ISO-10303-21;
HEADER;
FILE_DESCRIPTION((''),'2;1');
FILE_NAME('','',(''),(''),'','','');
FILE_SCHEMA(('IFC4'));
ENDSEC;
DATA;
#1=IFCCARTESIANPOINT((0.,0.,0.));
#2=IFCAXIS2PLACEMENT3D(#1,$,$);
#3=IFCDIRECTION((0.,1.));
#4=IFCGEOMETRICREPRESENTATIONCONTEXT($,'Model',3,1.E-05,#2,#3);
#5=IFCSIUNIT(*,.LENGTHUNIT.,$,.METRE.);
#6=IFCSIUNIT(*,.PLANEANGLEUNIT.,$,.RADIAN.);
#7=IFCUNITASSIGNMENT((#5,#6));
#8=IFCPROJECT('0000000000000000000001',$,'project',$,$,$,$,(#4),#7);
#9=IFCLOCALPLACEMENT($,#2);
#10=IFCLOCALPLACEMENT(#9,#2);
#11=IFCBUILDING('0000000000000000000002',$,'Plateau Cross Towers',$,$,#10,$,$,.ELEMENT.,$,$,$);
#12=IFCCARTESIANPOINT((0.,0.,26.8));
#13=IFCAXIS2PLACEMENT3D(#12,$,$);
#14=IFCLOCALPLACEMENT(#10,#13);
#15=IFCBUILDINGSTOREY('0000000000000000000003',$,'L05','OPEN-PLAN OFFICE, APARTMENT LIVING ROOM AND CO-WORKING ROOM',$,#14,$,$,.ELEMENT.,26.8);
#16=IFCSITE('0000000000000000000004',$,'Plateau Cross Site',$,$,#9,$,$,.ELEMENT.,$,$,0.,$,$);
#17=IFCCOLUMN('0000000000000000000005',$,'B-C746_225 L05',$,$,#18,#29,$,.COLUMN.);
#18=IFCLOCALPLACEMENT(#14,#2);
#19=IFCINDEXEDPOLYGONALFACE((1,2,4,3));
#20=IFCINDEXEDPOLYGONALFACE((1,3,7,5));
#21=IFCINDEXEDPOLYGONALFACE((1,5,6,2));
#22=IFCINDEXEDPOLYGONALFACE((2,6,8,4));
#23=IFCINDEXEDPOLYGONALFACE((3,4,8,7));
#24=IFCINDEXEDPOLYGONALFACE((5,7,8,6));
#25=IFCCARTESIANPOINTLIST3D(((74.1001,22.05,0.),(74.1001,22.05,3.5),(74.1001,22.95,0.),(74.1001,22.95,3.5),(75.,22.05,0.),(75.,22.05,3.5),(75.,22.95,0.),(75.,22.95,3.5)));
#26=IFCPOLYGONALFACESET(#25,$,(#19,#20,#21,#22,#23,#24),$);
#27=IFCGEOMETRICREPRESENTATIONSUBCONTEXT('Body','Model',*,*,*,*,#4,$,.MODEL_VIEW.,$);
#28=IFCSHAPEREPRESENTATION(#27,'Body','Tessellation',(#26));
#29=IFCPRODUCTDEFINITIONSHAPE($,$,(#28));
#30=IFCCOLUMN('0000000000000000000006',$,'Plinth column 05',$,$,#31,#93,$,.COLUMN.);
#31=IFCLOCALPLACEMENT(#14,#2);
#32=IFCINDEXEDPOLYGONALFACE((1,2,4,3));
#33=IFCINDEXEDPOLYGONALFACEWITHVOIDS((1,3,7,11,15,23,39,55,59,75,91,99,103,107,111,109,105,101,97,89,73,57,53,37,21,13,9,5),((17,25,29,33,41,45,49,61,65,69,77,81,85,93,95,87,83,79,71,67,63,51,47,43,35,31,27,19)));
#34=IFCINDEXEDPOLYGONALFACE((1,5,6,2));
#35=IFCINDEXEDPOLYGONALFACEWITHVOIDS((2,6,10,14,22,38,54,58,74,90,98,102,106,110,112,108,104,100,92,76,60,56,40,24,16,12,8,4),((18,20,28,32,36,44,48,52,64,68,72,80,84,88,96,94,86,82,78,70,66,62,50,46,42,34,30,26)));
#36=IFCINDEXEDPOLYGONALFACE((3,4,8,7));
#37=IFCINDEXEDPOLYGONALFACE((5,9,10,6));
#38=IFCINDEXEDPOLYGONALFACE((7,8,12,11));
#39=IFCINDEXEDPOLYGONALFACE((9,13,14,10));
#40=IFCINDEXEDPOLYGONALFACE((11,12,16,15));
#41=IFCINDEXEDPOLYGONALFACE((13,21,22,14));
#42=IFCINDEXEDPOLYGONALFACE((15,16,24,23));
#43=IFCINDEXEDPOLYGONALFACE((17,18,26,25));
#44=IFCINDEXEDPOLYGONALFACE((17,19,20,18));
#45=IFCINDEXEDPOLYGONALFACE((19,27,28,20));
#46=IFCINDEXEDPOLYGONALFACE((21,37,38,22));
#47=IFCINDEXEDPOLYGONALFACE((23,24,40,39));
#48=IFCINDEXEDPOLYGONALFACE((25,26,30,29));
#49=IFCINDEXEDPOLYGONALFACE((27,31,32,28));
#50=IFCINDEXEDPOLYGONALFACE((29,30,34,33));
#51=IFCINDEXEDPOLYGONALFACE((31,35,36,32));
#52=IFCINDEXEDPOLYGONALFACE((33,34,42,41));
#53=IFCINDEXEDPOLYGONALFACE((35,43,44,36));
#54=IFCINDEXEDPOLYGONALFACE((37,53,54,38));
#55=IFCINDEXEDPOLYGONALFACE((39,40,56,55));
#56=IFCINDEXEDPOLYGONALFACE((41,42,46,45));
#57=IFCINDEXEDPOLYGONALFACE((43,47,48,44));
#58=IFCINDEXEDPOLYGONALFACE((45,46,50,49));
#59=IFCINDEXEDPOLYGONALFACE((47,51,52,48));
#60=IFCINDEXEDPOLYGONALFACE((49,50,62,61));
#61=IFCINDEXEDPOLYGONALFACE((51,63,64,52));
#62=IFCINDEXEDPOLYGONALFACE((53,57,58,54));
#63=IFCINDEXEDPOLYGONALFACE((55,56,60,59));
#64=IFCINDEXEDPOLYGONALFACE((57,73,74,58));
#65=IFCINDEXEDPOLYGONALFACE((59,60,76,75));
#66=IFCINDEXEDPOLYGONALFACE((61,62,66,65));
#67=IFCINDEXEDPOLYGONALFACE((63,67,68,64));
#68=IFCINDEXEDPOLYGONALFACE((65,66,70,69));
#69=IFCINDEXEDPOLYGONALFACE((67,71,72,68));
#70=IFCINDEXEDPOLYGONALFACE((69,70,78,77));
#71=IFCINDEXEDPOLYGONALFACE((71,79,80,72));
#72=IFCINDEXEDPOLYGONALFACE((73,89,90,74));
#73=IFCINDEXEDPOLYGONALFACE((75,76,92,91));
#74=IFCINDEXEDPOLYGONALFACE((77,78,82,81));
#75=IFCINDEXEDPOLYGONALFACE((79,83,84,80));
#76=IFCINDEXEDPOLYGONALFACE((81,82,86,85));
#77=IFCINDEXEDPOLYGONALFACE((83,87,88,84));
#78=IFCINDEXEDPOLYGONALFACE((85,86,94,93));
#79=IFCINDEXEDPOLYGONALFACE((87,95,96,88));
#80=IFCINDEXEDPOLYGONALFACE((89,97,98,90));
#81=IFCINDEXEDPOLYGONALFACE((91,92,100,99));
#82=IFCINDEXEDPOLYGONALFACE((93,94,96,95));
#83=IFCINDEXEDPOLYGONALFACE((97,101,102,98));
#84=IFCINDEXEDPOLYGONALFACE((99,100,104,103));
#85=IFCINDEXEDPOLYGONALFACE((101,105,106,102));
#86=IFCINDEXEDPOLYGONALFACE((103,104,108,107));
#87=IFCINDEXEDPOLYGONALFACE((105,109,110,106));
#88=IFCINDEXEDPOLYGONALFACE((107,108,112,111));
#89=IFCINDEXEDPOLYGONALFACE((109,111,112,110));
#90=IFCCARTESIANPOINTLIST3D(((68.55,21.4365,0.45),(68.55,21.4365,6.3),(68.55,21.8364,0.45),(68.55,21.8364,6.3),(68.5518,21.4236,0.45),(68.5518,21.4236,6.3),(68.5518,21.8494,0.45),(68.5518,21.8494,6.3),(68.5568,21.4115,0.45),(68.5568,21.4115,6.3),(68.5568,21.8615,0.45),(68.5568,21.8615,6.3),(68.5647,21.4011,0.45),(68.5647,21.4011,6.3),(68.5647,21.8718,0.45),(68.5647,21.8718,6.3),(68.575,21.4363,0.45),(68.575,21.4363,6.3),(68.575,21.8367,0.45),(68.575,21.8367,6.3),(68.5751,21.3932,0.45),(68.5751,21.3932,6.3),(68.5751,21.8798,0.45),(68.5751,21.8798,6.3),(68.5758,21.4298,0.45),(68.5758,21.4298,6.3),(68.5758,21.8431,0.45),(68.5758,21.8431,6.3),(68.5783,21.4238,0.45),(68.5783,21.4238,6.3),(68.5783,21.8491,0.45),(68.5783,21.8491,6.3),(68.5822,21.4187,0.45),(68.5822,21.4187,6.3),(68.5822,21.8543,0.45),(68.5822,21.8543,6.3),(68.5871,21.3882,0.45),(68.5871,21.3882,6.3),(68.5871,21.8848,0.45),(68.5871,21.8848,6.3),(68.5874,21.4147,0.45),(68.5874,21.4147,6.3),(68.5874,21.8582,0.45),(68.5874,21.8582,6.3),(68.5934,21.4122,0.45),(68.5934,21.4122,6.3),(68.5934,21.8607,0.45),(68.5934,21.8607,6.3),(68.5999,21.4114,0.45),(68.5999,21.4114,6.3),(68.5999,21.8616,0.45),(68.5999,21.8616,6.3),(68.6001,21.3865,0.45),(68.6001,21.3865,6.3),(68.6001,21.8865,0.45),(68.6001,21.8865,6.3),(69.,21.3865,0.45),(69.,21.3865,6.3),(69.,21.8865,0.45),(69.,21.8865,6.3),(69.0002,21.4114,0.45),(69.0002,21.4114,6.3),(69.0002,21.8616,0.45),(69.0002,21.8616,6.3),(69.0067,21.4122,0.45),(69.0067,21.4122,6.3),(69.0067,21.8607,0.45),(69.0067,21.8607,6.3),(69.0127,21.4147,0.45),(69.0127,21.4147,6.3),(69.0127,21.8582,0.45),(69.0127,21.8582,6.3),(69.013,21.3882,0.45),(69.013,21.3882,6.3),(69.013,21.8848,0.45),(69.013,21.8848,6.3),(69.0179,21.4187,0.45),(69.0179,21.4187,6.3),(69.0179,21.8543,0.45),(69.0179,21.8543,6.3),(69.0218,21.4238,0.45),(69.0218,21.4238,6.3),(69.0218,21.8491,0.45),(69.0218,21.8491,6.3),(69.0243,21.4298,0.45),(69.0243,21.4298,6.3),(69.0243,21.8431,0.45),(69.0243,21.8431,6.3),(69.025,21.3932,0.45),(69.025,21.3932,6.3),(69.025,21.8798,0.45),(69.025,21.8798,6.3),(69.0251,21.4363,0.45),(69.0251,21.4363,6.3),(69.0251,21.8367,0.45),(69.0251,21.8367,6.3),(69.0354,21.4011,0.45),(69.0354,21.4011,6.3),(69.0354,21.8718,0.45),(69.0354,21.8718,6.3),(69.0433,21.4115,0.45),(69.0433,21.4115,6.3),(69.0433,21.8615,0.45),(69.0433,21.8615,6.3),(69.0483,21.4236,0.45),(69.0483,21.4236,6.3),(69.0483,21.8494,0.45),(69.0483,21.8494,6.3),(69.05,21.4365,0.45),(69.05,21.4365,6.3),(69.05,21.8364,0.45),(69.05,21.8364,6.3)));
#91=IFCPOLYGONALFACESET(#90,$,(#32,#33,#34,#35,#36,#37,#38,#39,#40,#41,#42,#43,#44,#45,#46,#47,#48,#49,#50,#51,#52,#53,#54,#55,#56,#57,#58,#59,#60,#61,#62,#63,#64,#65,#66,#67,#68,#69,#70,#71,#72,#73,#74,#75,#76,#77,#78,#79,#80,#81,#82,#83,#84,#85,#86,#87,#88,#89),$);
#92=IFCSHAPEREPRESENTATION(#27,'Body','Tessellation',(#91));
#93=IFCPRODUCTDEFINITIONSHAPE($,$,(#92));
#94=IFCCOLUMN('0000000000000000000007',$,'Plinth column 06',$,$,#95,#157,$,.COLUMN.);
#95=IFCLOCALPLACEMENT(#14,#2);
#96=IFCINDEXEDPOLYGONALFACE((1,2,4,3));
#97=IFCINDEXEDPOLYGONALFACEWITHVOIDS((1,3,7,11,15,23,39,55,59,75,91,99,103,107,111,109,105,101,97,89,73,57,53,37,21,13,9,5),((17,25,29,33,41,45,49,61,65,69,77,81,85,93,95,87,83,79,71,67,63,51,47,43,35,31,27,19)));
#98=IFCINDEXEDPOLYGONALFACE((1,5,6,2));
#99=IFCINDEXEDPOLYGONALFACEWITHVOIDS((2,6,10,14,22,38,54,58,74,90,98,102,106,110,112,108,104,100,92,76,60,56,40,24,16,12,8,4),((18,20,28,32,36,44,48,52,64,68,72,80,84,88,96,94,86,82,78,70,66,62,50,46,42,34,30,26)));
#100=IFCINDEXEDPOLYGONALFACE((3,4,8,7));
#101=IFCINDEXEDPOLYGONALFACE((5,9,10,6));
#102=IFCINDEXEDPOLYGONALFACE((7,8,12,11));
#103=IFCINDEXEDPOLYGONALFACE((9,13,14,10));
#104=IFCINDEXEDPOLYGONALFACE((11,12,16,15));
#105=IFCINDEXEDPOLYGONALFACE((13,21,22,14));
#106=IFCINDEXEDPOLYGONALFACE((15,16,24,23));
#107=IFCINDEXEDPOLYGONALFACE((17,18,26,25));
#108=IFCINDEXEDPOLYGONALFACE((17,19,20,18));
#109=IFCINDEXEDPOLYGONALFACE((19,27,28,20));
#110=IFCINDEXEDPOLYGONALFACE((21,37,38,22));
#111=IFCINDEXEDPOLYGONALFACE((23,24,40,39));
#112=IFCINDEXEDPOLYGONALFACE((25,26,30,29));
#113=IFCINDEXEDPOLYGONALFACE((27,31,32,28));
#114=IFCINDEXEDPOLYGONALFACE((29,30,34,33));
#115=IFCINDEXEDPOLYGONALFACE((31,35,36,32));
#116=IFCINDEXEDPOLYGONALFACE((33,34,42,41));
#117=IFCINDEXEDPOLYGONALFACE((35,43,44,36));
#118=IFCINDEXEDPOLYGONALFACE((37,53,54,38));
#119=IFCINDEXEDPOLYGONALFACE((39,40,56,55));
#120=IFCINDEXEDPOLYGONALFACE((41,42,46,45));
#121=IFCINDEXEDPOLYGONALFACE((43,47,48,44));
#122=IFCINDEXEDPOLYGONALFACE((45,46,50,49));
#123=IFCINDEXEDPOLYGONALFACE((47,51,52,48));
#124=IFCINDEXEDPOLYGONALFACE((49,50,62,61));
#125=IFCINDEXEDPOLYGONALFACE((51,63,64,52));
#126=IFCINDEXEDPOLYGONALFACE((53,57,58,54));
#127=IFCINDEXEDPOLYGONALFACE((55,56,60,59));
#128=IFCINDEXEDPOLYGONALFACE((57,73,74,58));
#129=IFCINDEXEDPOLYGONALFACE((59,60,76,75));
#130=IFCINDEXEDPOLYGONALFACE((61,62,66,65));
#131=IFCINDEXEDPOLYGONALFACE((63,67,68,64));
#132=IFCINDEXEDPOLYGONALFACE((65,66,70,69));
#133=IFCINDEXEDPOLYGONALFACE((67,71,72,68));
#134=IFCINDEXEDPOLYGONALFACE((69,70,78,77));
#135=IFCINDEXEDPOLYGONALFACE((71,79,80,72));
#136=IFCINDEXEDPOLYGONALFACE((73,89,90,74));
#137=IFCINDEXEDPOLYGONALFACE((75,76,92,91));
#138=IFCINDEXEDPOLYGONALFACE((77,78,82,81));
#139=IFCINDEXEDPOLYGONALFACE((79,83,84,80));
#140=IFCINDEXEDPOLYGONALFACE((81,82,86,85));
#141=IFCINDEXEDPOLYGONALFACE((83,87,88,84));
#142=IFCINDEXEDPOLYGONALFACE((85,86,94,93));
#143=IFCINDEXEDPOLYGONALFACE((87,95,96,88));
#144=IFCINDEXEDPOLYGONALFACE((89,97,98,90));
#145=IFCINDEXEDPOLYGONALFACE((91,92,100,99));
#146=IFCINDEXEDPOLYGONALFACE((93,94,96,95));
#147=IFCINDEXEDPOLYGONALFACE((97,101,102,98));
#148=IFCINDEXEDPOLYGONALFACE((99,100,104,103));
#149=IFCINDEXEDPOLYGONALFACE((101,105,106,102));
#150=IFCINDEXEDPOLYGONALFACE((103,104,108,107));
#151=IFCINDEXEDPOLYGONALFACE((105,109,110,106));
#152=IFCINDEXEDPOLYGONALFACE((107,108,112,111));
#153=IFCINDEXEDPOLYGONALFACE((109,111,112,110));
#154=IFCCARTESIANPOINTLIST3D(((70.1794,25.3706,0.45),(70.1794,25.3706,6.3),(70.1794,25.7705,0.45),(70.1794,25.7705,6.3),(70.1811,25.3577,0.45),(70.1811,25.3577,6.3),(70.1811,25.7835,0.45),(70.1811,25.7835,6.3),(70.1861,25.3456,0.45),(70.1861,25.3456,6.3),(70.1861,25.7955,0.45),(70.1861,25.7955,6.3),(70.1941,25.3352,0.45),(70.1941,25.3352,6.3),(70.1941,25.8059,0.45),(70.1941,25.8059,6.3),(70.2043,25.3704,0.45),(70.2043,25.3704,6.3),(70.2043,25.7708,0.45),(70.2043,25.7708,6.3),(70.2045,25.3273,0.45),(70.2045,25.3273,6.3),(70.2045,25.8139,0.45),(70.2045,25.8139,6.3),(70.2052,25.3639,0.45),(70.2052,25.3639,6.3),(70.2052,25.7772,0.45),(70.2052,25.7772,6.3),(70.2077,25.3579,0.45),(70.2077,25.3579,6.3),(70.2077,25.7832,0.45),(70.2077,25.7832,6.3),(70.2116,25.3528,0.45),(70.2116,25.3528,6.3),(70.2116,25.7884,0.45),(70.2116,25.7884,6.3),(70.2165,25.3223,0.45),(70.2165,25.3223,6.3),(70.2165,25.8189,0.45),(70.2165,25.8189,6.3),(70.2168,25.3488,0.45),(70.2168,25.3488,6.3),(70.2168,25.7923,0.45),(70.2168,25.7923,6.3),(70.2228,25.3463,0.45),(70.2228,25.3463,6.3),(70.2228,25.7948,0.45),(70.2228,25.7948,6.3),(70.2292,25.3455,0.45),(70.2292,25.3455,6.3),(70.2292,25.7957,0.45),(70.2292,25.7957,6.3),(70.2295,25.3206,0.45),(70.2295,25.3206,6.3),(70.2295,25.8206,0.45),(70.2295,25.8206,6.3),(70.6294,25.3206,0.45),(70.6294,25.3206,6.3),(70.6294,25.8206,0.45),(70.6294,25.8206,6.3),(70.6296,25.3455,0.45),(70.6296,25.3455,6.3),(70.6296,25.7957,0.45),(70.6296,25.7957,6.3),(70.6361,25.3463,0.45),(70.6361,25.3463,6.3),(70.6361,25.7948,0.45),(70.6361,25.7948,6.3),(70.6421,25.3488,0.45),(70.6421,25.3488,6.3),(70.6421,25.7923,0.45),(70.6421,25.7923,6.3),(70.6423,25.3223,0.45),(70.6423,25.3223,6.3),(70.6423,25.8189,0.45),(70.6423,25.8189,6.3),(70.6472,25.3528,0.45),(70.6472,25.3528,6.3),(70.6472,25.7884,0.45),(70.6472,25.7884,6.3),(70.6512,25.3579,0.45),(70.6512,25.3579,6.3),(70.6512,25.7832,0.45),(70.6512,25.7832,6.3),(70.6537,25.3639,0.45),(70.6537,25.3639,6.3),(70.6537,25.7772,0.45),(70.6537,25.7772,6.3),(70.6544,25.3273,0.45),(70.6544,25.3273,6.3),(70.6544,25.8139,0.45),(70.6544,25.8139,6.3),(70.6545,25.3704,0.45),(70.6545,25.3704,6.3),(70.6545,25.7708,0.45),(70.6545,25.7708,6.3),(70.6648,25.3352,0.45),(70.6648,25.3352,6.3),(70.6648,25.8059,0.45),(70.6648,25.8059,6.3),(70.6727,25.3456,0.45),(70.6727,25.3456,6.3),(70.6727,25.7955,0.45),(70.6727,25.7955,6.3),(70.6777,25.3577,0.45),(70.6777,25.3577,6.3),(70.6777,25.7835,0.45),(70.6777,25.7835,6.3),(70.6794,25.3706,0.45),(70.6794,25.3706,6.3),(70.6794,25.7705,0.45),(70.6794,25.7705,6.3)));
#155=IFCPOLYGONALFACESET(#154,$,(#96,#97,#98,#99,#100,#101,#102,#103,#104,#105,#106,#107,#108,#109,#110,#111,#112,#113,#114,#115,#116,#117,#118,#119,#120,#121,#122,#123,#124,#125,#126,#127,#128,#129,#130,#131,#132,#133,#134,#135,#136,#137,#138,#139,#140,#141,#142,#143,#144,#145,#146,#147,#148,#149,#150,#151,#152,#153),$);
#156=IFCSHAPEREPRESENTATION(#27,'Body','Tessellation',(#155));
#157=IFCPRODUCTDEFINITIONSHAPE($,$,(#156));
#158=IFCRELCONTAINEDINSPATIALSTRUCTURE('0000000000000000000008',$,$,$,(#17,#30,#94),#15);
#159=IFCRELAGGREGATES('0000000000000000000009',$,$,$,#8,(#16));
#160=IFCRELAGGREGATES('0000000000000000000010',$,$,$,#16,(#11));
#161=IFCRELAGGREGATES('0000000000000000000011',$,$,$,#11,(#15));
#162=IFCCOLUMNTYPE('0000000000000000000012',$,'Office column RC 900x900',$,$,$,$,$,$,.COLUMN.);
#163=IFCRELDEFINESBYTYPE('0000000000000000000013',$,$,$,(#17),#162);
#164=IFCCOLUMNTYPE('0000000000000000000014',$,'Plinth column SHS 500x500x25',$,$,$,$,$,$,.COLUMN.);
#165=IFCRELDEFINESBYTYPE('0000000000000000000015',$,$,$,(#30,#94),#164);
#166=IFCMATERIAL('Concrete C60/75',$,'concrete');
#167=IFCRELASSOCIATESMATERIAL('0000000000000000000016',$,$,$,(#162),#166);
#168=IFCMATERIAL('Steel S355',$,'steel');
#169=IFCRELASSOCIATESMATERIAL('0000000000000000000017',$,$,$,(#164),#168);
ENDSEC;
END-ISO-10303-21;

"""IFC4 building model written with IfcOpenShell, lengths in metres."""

from ifc_helpers import new_model, si_unit, direction, frame, origin, origin_2d, place, context, subcontext, project, spatial, rectangle, hollow_rectangle, extrude, material, material_profile, profile_set, type_object, element, save


model = new_model("IFC4")

# Units and contexts
model_context = context("Model", 3, precision=1e-05, world=origin(), true_north=direction((0.0, 1.0)))
body_context = subcontext(model_context, "Body", "Model", "MODEL_VIEW")
ifc_project = project(units=[si_unit("LENGTHUNIT", "METRE"), si_unit("PLANEANGLEUNIT", "RADIAN")], contexts=[model_context])

# Site, building, storey
site_placement = place(None, origin())
site = spatial("IfcSite", under=ifc_project, at=site_placement, Name="Plateau Cross Site", CompositionType="ELEMENT", RefElevation=0.0)
building_placement = place(site_placement, origin())
building = spatial("IfcBuilding", under=site, at=building_placement, Name="Plateau Cross Towers", CompositionType="ELEMENT")
storey_placement = place(building_placement, frame((0.0, 0.0, 26.8)))
storey = spatial("IfcBuildingStorey", under=building, at=storey_placement, Name="L05", Description="OPEN-PLAN OFFICE, APARTMENT LIVING ROOM AND CO-WORKING ROOM", CompositionType="ELEMENT", Elevation=26.8)

# Columns
ifc_material_1 = material(Name="Concrete C60/75", Category="concrete")
ifc_material_profile_1 = material_profile(ifc_material_1, rectangle(XDim=0.8999, YDim=0.8999, at=origin_2d()), Name="RC 900x900")
ifc_profile_set_1 = profile_set([ifc_material_profile_1], Name="Concrete C60/75")
column_type_1 = type_object("IfcColumnType", Name="Office column RC 900x900", PredefinedType="COLUMN", material=ifc_profile_set_1)
column_placement = place(storey_placement, frame((74.55, 22.5, 0.0), z_axis=(0.0, 0.0, 1.0), x_axis=(1.0, 0.0, 0.0)))
element("IfcColumn", 1, at=column_placement, inside=storey, type_object=column_type_1, Name="B-C746_225 L05", PredefinedType="COLUMN", context=body_context, shape_type="SweptSolid", body=[
    extrude(rectangle(XDim=0.8999, YDim=0.8999, at=origin_2d()), origin(), (0.0, 0.0, 1.0), 3.5),
])
ifc_material_2 = material(Name="Steel S355", Category="steel")
ifc_material_profile_2 = material_profile(ifc_material_2, hollow_rectangle(XDim=0.5, YDim=0.5, WallThickness=0.0249, InnerFilletRadius=0.0249, OuterFilletRadius=0.05, at=origin_2d()), Name="SHS 500x500x25")
ifc_profile_set_2 = profile_set([ifc_material_profile_2], Name="Steel S355")
column_type_2 = type_object("IfcColumnType", Name="Plinth column SHS 500x500x25", PredefinedType="COLUMN", material=ifc_profile_set_2)
for number, where, z_axis, x_axis, name in (
    (2, (68.8, 21.6365, 0.45), (0.0, 0.0, 1.0), (1.0, 0.0, 0.0), "Plinth column 05"),
    (3, (70.4294, 25.5706, 0.45), (0.0, 0.0, 1.0), (1.0, 0.0, 0.0), "Plinth column 06"),
):
    element("IfcColumn", number, at=place(storey_placement, frame(where, z_axis=z_axis, x_axis=x_axis)), inside=storey, type_object=column_type_2, Name=name, PredefinedType="COLUMN", context=body_context, shape_type="SweptSolid", body=[
        extrude(hollow_rectangle(XDim=0.5, YDim=0.5, WallThickness=0.0249, InnerFilletRadius=0.0249, OuterFilletRadius=0.05, at=origin_2d()), origin(), (0.0, 0.0, 1.0), 5.8501),
    ])

save(model, "model.ifc")
